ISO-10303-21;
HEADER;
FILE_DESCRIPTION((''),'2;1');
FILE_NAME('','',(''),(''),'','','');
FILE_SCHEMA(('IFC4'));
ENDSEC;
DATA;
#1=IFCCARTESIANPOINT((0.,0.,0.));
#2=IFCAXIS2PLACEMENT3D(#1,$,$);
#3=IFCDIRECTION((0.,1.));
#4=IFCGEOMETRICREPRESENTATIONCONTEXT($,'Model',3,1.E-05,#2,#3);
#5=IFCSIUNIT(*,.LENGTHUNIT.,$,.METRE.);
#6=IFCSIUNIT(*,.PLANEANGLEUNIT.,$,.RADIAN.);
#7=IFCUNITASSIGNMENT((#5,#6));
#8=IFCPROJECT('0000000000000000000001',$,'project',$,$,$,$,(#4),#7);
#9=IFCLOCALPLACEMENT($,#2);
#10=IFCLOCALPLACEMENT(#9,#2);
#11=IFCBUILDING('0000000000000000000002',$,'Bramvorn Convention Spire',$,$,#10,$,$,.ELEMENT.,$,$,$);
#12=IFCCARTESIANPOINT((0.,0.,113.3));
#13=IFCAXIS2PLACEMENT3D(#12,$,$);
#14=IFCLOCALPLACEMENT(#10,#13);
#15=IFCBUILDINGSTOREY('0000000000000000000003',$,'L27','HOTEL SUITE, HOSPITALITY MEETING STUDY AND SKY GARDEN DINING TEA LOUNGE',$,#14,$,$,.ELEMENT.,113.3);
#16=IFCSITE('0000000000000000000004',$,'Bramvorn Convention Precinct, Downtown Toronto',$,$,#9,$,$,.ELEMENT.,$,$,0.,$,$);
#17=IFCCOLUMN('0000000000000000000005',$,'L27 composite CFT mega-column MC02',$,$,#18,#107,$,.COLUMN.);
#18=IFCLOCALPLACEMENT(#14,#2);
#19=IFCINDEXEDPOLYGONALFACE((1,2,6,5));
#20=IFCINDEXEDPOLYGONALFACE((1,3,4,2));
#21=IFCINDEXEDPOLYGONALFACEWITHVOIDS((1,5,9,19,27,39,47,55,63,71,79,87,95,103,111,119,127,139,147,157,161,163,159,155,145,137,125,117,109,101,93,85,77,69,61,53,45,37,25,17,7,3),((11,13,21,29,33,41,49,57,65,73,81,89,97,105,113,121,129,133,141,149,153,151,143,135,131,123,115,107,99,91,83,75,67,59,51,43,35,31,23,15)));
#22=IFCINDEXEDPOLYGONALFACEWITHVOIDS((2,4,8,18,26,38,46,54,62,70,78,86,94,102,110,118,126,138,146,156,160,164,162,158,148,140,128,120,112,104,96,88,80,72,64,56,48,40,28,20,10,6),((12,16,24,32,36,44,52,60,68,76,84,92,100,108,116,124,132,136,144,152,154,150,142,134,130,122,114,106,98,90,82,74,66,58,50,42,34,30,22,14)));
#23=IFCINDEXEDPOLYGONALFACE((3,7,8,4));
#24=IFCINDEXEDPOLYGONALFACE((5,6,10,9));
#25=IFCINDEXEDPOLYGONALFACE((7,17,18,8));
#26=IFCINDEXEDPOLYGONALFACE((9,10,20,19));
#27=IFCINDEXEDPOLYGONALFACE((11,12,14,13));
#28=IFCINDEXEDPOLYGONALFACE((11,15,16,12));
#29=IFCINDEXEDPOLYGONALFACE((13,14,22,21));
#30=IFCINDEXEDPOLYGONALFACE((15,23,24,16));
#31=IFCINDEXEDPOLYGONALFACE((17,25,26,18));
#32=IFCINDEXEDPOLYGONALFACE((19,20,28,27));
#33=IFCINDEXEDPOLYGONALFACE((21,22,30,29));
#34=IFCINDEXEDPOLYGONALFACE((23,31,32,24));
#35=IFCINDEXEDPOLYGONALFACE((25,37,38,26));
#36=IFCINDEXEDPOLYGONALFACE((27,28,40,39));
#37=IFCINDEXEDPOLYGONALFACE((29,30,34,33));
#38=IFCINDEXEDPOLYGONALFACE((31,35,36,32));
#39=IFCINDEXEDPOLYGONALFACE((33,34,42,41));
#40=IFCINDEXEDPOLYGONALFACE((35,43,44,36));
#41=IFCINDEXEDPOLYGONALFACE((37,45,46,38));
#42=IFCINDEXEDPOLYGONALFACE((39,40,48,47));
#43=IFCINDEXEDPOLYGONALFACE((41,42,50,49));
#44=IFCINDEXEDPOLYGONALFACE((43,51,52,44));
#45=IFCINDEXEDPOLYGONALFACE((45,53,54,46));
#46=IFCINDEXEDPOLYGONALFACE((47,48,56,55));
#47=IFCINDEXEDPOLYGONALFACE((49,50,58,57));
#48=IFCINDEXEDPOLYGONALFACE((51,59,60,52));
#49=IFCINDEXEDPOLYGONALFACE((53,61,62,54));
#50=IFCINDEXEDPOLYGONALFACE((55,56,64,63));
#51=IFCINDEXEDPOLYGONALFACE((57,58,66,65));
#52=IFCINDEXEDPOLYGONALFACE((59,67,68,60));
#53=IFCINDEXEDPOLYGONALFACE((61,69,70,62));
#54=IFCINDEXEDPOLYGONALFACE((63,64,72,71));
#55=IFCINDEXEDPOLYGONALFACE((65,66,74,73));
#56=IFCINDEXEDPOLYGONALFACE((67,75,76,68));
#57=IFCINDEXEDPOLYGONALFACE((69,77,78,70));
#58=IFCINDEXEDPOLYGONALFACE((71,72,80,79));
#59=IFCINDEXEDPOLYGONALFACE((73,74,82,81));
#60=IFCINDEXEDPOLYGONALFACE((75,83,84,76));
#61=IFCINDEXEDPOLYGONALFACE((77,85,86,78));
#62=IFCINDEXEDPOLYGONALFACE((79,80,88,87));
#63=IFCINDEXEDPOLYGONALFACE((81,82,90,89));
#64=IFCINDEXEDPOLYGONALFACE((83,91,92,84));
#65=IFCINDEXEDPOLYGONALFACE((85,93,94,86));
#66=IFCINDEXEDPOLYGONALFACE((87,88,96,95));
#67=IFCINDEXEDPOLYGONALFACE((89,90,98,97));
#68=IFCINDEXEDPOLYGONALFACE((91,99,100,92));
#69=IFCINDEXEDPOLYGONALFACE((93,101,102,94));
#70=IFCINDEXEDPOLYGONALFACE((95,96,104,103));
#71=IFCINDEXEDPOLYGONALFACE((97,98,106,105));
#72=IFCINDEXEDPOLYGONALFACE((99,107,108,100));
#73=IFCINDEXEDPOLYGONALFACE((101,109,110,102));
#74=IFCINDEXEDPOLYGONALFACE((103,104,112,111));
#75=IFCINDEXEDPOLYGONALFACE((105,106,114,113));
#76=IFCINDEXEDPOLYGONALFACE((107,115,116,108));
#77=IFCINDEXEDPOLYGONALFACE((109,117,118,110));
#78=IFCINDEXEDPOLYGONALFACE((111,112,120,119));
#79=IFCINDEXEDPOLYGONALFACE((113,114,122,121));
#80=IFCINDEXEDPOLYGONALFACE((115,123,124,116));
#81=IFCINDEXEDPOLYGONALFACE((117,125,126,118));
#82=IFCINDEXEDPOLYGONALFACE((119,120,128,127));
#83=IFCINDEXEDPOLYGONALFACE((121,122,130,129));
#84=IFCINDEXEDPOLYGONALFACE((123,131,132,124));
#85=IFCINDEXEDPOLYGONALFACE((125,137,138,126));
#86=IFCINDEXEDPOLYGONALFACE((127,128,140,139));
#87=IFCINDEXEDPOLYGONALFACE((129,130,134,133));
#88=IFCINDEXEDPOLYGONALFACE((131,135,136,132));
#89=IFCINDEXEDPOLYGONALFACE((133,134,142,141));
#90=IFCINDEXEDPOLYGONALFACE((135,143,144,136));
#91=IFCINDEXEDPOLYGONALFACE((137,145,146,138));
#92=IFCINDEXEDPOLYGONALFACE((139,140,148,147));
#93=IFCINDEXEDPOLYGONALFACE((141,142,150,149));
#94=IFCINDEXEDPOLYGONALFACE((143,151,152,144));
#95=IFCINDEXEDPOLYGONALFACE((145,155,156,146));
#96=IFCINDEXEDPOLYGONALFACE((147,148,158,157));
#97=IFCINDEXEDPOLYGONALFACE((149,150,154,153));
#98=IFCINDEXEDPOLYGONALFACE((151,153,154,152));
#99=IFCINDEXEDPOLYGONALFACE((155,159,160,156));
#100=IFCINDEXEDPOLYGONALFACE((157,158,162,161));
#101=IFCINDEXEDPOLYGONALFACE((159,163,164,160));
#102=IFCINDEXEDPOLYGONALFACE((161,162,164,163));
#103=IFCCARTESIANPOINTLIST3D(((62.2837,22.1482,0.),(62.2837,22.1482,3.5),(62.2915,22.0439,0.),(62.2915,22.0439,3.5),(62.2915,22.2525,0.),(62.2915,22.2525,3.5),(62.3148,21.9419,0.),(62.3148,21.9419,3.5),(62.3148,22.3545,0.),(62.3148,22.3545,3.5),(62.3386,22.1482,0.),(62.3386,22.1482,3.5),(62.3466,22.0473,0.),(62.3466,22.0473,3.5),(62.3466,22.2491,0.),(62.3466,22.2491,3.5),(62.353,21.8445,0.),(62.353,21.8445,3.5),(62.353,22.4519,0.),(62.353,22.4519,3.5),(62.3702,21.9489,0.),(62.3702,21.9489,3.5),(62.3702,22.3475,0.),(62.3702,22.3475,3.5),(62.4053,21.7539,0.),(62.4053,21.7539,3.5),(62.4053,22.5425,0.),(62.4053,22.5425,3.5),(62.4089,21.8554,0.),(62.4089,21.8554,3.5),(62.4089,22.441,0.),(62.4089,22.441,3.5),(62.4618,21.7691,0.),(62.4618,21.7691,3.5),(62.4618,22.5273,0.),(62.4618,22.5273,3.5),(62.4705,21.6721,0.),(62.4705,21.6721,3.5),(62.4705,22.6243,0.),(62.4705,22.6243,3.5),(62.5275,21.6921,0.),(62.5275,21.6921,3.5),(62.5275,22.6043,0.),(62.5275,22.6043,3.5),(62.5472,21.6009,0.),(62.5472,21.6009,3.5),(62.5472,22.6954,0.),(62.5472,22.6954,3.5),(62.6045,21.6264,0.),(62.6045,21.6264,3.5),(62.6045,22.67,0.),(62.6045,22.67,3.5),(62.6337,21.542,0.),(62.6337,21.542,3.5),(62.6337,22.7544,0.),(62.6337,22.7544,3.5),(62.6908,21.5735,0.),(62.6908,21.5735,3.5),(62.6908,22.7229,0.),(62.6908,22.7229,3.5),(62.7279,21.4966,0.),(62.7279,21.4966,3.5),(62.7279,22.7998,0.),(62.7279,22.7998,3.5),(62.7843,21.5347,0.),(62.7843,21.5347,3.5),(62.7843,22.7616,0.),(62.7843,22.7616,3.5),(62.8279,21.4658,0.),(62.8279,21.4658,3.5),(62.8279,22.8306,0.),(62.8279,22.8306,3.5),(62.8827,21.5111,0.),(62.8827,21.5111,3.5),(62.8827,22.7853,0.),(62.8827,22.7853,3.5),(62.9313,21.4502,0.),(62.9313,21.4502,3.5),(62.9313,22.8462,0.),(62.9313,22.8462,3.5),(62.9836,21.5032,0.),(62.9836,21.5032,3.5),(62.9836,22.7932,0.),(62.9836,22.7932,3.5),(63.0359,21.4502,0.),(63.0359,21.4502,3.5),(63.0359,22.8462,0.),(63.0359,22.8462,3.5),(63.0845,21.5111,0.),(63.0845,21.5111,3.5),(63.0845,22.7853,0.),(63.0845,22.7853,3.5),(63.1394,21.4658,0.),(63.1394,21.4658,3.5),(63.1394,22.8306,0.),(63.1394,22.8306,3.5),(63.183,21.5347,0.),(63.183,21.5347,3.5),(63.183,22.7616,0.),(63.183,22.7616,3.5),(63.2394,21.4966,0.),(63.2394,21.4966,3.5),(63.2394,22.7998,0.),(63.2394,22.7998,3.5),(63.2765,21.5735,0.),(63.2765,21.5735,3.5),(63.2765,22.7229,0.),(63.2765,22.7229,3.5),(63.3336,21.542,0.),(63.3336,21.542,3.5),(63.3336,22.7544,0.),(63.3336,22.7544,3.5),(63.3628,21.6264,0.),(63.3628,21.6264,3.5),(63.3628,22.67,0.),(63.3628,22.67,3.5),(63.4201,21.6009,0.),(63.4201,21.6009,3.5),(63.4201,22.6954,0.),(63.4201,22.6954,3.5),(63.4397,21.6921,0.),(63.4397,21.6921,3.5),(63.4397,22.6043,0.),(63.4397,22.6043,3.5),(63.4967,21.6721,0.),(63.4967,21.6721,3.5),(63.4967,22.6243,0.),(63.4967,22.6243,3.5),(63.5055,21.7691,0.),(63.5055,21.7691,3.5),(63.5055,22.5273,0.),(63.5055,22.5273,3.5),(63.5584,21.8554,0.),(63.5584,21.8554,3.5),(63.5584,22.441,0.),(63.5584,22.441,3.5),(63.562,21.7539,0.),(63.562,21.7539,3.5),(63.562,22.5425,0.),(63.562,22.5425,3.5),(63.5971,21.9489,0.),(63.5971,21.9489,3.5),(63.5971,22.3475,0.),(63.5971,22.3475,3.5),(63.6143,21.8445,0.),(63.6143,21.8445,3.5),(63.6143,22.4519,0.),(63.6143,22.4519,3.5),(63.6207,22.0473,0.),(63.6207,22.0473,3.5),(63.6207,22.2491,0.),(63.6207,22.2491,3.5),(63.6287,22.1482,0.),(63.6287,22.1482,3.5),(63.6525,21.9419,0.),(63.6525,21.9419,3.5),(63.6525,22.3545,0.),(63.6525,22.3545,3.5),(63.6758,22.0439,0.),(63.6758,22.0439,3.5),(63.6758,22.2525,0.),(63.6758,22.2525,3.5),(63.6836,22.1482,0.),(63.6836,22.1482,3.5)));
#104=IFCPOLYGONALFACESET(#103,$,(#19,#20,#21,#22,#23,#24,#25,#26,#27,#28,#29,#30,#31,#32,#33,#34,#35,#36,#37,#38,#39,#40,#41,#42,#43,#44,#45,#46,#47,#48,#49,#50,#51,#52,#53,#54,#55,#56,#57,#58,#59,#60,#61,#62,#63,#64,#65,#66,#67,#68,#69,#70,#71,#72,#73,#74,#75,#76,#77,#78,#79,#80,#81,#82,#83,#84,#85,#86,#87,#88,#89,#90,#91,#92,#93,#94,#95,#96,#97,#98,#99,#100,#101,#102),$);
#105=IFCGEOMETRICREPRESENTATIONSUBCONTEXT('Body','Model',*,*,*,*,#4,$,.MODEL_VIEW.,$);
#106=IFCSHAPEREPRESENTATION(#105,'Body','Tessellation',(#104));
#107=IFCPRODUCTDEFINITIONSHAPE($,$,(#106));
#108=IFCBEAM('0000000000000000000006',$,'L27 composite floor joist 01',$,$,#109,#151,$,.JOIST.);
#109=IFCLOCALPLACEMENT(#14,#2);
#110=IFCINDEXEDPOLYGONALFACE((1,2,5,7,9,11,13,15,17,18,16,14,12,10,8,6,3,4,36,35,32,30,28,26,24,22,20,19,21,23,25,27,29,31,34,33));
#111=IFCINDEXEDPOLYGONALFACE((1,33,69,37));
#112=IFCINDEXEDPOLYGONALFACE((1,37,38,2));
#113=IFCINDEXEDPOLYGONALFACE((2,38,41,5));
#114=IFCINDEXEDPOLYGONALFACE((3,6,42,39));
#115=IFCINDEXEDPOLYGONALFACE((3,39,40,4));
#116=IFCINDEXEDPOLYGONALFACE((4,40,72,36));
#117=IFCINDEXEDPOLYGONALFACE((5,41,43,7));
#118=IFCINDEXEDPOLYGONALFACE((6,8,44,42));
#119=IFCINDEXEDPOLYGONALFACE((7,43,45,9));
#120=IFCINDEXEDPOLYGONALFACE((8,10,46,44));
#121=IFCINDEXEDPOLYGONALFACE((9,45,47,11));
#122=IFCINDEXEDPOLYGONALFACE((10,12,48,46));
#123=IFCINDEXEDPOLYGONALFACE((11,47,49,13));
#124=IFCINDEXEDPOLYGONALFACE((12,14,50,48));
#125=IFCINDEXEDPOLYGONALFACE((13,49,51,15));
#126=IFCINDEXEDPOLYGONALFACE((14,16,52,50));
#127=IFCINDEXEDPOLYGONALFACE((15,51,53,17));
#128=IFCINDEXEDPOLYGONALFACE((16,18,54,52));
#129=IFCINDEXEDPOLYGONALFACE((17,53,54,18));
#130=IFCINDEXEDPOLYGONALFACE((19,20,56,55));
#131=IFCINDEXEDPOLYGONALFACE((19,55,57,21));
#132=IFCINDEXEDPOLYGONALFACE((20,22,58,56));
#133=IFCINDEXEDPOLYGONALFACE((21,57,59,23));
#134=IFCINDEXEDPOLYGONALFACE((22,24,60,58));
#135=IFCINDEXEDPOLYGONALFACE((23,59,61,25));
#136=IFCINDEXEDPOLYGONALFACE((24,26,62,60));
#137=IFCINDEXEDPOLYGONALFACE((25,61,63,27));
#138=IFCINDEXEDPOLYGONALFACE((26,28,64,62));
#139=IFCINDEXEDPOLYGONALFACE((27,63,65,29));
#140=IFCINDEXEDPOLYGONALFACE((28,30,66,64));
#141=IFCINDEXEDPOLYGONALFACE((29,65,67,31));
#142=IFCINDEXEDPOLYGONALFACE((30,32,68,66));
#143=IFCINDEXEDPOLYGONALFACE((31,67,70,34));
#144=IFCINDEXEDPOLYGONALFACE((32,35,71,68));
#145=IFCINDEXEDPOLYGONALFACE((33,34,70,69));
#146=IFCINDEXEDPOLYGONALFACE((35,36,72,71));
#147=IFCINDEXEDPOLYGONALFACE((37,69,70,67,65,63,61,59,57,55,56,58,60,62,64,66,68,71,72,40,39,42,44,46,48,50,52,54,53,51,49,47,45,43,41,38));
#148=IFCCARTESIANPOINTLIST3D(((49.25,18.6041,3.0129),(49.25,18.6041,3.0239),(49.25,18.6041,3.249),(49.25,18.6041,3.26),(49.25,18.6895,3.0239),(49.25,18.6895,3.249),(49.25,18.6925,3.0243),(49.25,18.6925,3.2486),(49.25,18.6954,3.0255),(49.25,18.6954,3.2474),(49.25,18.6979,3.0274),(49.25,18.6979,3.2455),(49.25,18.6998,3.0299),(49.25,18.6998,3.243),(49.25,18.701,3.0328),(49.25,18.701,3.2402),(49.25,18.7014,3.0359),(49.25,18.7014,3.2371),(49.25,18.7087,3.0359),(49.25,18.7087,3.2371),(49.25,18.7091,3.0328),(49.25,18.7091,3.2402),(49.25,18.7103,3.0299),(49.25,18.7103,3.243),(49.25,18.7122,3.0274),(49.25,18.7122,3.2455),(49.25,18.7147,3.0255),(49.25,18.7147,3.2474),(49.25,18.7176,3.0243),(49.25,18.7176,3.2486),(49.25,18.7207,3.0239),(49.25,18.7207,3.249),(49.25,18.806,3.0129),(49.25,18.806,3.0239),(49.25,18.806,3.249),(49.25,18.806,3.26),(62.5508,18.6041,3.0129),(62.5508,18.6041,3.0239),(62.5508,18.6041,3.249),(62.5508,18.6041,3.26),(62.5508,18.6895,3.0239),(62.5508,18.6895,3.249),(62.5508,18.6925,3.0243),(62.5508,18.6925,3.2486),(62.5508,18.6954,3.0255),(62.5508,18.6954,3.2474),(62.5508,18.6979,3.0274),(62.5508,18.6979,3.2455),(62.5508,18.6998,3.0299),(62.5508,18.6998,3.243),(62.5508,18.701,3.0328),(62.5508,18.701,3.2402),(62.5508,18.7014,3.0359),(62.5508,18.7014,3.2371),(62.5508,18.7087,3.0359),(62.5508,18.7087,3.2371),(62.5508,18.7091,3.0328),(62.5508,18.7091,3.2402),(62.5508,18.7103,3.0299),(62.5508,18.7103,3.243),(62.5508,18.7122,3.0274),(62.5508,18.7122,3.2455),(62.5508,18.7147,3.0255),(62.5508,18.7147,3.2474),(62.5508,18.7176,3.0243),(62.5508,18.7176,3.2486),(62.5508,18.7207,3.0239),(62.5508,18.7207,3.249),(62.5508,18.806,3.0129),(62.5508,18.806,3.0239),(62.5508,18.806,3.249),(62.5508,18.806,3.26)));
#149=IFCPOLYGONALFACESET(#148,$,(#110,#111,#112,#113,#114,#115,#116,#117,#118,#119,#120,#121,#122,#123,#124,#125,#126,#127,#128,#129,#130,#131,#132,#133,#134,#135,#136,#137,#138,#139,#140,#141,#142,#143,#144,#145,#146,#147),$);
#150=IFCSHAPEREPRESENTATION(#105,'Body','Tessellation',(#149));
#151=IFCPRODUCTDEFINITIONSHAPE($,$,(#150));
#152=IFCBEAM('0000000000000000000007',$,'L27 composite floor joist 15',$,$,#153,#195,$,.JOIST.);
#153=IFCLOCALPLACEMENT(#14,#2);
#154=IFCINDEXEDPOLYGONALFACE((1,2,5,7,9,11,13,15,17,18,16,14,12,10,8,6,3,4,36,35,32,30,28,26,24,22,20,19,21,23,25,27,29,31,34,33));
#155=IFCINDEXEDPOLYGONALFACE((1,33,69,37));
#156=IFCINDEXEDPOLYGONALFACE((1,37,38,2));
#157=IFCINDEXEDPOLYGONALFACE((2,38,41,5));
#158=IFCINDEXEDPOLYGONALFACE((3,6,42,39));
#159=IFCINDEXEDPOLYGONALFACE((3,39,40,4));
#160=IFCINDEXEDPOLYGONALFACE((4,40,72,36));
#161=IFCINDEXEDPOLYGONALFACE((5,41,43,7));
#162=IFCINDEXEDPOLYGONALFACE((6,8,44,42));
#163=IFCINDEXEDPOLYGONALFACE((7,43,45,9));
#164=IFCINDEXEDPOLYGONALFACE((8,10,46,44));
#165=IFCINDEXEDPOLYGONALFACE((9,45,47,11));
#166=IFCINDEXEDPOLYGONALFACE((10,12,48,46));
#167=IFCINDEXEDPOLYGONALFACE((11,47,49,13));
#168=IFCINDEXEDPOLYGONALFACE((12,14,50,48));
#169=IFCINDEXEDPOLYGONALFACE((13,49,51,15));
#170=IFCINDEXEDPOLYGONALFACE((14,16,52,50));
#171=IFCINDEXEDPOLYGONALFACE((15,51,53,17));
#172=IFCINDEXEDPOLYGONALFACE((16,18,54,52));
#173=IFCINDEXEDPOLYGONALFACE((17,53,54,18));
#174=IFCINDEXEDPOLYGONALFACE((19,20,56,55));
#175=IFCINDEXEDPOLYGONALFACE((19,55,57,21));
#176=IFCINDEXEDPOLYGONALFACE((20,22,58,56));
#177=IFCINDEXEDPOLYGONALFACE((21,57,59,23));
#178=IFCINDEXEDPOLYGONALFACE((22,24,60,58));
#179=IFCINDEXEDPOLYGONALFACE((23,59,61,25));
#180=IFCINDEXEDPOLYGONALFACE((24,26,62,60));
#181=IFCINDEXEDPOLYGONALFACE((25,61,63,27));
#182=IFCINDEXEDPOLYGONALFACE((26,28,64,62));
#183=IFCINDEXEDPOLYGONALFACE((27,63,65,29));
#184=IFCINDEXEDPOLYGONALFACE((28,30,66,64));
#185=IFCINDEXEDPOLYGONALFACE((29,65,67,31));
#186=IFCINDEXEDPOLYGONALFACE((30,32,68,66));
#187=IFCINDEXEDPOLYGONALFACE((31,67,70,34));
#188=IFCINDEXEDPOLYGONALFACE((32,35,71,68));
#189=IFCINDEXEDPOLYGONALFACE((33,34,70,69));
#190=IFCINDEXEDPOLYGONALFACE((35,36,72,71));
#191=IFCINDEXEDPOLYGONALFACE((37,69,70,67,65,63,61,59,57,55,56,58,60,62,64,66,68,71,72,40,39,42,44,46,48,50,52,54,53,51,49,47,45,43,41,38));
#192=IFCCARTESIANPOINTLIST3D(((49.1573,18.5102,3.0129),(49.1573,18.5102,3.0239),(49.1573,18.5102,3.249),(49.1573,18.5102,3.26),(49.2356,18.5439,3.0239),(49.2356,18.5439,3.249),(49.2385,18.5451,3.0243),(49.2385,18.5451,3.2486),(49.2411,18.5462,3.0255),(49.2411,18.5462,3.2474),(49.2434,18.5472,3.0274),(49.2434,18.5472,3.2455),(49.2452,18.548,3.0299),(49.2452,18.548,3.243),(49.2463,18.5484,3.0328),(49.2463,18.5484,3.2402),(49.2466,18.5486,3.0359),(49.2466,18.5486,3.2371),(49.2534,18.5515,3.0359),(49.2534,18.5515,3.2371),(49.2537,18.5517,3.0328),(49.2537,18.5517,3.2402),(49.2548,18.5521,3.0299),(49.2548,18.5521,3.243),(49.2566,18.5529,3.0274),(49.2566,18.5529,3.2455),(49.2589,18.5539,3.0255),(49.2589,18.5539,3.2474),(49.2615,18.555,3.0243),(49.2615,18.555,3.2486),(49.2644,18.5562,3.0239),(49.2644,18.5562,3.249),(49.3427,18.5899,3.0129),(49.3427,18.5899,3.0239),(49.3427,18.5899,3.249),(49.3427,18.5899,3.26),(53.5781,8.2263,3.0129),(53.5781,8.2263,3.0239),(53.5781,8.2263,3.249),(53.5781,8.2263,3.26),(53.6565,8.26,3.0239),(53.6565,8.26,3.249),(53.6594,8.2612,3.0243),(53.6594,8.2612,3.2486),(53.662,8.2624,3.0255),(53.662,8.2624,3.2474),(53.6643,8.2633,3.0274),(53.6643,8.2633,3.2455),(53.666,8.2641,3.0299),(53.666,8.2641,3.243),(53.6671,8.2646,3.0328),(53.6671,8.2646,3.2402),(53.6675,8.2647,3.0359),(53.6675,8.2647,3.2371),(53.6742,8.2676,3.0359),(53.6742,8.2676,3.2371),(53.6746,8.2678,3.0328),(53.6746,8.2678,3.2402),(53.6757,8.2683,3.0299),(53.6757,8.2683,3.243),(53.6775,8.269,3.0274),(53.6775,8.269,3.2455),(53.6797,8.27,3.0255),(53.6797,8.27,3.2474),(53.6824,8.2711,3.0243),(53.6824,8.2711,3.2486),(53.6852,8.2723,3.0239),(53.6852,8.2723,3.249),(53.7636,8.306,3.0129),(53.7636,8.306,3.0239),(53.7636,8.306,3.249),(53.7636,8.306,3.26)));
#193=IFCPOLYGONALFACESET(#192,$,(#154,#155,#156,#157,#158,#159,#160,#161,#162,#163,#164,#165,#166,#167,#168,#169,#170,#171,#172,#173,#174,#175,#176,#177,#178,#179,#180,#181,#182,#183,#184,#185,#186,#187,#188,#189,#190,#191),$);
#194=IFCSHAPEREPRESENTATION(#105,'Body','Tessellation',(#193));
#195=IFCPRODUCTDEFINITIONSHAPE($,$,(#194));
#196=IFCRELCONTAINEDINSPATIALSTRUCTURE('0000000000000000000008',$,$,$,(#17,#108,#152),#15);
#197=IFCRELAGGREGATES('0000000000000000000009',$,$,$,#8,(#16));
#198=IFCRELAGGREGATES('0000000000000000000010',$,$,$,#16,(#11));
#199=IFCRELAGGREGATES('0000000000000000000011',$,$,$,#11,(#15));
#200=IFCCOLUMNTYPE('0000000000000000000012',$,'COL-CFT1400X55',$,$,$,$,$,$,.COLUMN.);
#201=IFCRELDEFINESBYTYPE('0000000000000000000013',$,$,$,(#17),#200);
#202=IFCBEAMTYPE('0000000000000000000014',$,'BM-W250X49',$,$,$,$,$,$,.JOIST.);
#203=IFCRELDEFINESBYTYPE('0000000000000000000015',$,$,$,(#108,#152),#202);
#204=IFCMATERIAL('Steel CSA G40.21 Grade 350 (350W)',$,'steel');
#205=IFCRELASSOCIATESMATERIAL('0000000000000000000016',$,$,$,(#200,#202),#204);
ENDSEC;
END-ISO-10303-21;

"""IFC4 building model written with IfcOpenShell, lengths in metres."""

from ifc_helpers import new_model, si_unit, direction, frame, origin, origin_2d, place, context, subcontext, project, spatial, hollow_circle, i_section, extrude, material, material_profile, profile_set, type_object, element, save


model = new_model("IFC4")

# Units and contexts
model_context = context("Model", 3, precision=1e-05, world=origin(), true_north=direction((0.0, 1.0)))
body_context = subcontext(model_context, "Body", "Model", "MODEL_VIEW")
ifc_project = project(units=[si_unit("LENGTHUNIT", "METRE"), si_unit("PLANEANGLEUNIT", "RADIAN")], contexts=[model_context])

# Site, building, storey
site_placement = place(None, origin())
site = spatial("IfcSite", under=ifc_project, at=site_placement, Name="Bramvorn Convention Precinct, Downtown Toronto", CompositionType="ELEMENT", RefElevation=0.0)
building_placement = place(site_placement, origin())
building = spatial("IfcBuilding", under=site, at=building_placement, Name="Bramvorn Convention Spire", CompositionType="ELEMENT")
storey_placement = place(building_placement, frame((0.0, 0.0, 113.3)))
storey = spatial("IfcBuildingStorey", under=building, at=storey_placement, Name="L27", Description="HOTEL SUITE, HOSPITALITY MEETING STUDY AND SKY GARDEN DINING TEA LOUNGE", CompositionType="ELEMENT", Elevation=113.3)

# Column
ifc_material_1 = material(Name="Steel CSA G40.21 Grade 350 (350W)", Category="steel")
ifc_material_profile_1 = material_profile(ifc_material_1, hollow_circle(Radius=0.7, WallThickness=0.0549, at=origin_2d()))
ifc_profile_set_1 = profile_set([ifc_material_profile_1], Name="Steel CSA G40.21 Grade 350 (350W) - CFT1400X55")
column_type = type_object("IfcColumnType", Name="COL-CFT1400X55", PredefinedType="COLUMN", material=ifc_profile_set_1)
column_placement = place(storey_placement, frame((62.9836, 22.1482, 0.0), z_axis=(0.0, 0.0, 1.0), x_axis=(1.0, 0.0, 0.0)))
element("IfcColumn", 1, at=column_placement, inside=storey, type_object=column_type, Name="L27 composite CFT mega-column MC02", PredefinedType="COLUMN", context=body_context, shape_type="SweptSolid", body=[
    extrude(hollow_circle(Radius=0.7, WallThickness=0.0549, at=origin_2d()), origin(), (0.0, 0.0, 1.0), 3.5),
])

# Beams
ifc_material_profile_2 = material_profile(ifc_material_1, i_section(OverallWidth=0.2019, OverallDepth=0.2471, WebThickness=0.0073, FlangeThickness=0.011, FilletRadius=0.012, at=origin_2d()))
ifc_profile_set_2 = profile_set([ifc_material_profile_2], Name="Steel CSA G40.21 Grade 350 (350W) - W250X49")
beam_type_1 = type_object("IfcBeamType", Name="BM-W250X49", PredefinedType="JOIST", material=ifc_profile_set_2)
beam_1_placement = place(storey_placement, frame((49.25, 18.7051, 3.1365), z_axis=(1.0, 0.0, 0.0), x_axis=(0.0, 1.0, 0.0)))
element("IfcBeam", 2, at=beam_1_placement, inside=storey, type_object=beam_type_1, Name="L27 composite floor joist 01", PredefinedType="JOIST", context=body_context, shape_type="SweptSolid", body=[
    extrude(i_section(OverallWidth=0.2019, OverallDepth=0.2471, WebThickness=0.0073, FlangeThickness=0.011, FilletRadius=0.012, at=origin_2d()), origin(), (0.0, 0.0, 1.0), 13.3008),
])
beam_2_placement = place(storey_placement, frame((49.25, 18.55, 3.1365), z_axis=(0.394938, -0.918708, 0.0), x_axis=(0.918708, 0.394938, 0.0)))
element("IfcBeam", 3, at=beam_2_placement, inside=storey, type_object=beam_type_1, Name="L27 composite floor joist 15", PredefinedType="JOIST", context=body_context, shape_type="SweptSolid", body=[
    extrude(i_section(OverallWidth=0.2019, OverallDepth=0.2471, WebThickness=0.0073, FlangeThickness=0.011, FilletRadius=0.012, at=origin_2d()), origin(), (0.0, 0.0, 1.0), 11.1938),
])

save(model, "model.ifc")
